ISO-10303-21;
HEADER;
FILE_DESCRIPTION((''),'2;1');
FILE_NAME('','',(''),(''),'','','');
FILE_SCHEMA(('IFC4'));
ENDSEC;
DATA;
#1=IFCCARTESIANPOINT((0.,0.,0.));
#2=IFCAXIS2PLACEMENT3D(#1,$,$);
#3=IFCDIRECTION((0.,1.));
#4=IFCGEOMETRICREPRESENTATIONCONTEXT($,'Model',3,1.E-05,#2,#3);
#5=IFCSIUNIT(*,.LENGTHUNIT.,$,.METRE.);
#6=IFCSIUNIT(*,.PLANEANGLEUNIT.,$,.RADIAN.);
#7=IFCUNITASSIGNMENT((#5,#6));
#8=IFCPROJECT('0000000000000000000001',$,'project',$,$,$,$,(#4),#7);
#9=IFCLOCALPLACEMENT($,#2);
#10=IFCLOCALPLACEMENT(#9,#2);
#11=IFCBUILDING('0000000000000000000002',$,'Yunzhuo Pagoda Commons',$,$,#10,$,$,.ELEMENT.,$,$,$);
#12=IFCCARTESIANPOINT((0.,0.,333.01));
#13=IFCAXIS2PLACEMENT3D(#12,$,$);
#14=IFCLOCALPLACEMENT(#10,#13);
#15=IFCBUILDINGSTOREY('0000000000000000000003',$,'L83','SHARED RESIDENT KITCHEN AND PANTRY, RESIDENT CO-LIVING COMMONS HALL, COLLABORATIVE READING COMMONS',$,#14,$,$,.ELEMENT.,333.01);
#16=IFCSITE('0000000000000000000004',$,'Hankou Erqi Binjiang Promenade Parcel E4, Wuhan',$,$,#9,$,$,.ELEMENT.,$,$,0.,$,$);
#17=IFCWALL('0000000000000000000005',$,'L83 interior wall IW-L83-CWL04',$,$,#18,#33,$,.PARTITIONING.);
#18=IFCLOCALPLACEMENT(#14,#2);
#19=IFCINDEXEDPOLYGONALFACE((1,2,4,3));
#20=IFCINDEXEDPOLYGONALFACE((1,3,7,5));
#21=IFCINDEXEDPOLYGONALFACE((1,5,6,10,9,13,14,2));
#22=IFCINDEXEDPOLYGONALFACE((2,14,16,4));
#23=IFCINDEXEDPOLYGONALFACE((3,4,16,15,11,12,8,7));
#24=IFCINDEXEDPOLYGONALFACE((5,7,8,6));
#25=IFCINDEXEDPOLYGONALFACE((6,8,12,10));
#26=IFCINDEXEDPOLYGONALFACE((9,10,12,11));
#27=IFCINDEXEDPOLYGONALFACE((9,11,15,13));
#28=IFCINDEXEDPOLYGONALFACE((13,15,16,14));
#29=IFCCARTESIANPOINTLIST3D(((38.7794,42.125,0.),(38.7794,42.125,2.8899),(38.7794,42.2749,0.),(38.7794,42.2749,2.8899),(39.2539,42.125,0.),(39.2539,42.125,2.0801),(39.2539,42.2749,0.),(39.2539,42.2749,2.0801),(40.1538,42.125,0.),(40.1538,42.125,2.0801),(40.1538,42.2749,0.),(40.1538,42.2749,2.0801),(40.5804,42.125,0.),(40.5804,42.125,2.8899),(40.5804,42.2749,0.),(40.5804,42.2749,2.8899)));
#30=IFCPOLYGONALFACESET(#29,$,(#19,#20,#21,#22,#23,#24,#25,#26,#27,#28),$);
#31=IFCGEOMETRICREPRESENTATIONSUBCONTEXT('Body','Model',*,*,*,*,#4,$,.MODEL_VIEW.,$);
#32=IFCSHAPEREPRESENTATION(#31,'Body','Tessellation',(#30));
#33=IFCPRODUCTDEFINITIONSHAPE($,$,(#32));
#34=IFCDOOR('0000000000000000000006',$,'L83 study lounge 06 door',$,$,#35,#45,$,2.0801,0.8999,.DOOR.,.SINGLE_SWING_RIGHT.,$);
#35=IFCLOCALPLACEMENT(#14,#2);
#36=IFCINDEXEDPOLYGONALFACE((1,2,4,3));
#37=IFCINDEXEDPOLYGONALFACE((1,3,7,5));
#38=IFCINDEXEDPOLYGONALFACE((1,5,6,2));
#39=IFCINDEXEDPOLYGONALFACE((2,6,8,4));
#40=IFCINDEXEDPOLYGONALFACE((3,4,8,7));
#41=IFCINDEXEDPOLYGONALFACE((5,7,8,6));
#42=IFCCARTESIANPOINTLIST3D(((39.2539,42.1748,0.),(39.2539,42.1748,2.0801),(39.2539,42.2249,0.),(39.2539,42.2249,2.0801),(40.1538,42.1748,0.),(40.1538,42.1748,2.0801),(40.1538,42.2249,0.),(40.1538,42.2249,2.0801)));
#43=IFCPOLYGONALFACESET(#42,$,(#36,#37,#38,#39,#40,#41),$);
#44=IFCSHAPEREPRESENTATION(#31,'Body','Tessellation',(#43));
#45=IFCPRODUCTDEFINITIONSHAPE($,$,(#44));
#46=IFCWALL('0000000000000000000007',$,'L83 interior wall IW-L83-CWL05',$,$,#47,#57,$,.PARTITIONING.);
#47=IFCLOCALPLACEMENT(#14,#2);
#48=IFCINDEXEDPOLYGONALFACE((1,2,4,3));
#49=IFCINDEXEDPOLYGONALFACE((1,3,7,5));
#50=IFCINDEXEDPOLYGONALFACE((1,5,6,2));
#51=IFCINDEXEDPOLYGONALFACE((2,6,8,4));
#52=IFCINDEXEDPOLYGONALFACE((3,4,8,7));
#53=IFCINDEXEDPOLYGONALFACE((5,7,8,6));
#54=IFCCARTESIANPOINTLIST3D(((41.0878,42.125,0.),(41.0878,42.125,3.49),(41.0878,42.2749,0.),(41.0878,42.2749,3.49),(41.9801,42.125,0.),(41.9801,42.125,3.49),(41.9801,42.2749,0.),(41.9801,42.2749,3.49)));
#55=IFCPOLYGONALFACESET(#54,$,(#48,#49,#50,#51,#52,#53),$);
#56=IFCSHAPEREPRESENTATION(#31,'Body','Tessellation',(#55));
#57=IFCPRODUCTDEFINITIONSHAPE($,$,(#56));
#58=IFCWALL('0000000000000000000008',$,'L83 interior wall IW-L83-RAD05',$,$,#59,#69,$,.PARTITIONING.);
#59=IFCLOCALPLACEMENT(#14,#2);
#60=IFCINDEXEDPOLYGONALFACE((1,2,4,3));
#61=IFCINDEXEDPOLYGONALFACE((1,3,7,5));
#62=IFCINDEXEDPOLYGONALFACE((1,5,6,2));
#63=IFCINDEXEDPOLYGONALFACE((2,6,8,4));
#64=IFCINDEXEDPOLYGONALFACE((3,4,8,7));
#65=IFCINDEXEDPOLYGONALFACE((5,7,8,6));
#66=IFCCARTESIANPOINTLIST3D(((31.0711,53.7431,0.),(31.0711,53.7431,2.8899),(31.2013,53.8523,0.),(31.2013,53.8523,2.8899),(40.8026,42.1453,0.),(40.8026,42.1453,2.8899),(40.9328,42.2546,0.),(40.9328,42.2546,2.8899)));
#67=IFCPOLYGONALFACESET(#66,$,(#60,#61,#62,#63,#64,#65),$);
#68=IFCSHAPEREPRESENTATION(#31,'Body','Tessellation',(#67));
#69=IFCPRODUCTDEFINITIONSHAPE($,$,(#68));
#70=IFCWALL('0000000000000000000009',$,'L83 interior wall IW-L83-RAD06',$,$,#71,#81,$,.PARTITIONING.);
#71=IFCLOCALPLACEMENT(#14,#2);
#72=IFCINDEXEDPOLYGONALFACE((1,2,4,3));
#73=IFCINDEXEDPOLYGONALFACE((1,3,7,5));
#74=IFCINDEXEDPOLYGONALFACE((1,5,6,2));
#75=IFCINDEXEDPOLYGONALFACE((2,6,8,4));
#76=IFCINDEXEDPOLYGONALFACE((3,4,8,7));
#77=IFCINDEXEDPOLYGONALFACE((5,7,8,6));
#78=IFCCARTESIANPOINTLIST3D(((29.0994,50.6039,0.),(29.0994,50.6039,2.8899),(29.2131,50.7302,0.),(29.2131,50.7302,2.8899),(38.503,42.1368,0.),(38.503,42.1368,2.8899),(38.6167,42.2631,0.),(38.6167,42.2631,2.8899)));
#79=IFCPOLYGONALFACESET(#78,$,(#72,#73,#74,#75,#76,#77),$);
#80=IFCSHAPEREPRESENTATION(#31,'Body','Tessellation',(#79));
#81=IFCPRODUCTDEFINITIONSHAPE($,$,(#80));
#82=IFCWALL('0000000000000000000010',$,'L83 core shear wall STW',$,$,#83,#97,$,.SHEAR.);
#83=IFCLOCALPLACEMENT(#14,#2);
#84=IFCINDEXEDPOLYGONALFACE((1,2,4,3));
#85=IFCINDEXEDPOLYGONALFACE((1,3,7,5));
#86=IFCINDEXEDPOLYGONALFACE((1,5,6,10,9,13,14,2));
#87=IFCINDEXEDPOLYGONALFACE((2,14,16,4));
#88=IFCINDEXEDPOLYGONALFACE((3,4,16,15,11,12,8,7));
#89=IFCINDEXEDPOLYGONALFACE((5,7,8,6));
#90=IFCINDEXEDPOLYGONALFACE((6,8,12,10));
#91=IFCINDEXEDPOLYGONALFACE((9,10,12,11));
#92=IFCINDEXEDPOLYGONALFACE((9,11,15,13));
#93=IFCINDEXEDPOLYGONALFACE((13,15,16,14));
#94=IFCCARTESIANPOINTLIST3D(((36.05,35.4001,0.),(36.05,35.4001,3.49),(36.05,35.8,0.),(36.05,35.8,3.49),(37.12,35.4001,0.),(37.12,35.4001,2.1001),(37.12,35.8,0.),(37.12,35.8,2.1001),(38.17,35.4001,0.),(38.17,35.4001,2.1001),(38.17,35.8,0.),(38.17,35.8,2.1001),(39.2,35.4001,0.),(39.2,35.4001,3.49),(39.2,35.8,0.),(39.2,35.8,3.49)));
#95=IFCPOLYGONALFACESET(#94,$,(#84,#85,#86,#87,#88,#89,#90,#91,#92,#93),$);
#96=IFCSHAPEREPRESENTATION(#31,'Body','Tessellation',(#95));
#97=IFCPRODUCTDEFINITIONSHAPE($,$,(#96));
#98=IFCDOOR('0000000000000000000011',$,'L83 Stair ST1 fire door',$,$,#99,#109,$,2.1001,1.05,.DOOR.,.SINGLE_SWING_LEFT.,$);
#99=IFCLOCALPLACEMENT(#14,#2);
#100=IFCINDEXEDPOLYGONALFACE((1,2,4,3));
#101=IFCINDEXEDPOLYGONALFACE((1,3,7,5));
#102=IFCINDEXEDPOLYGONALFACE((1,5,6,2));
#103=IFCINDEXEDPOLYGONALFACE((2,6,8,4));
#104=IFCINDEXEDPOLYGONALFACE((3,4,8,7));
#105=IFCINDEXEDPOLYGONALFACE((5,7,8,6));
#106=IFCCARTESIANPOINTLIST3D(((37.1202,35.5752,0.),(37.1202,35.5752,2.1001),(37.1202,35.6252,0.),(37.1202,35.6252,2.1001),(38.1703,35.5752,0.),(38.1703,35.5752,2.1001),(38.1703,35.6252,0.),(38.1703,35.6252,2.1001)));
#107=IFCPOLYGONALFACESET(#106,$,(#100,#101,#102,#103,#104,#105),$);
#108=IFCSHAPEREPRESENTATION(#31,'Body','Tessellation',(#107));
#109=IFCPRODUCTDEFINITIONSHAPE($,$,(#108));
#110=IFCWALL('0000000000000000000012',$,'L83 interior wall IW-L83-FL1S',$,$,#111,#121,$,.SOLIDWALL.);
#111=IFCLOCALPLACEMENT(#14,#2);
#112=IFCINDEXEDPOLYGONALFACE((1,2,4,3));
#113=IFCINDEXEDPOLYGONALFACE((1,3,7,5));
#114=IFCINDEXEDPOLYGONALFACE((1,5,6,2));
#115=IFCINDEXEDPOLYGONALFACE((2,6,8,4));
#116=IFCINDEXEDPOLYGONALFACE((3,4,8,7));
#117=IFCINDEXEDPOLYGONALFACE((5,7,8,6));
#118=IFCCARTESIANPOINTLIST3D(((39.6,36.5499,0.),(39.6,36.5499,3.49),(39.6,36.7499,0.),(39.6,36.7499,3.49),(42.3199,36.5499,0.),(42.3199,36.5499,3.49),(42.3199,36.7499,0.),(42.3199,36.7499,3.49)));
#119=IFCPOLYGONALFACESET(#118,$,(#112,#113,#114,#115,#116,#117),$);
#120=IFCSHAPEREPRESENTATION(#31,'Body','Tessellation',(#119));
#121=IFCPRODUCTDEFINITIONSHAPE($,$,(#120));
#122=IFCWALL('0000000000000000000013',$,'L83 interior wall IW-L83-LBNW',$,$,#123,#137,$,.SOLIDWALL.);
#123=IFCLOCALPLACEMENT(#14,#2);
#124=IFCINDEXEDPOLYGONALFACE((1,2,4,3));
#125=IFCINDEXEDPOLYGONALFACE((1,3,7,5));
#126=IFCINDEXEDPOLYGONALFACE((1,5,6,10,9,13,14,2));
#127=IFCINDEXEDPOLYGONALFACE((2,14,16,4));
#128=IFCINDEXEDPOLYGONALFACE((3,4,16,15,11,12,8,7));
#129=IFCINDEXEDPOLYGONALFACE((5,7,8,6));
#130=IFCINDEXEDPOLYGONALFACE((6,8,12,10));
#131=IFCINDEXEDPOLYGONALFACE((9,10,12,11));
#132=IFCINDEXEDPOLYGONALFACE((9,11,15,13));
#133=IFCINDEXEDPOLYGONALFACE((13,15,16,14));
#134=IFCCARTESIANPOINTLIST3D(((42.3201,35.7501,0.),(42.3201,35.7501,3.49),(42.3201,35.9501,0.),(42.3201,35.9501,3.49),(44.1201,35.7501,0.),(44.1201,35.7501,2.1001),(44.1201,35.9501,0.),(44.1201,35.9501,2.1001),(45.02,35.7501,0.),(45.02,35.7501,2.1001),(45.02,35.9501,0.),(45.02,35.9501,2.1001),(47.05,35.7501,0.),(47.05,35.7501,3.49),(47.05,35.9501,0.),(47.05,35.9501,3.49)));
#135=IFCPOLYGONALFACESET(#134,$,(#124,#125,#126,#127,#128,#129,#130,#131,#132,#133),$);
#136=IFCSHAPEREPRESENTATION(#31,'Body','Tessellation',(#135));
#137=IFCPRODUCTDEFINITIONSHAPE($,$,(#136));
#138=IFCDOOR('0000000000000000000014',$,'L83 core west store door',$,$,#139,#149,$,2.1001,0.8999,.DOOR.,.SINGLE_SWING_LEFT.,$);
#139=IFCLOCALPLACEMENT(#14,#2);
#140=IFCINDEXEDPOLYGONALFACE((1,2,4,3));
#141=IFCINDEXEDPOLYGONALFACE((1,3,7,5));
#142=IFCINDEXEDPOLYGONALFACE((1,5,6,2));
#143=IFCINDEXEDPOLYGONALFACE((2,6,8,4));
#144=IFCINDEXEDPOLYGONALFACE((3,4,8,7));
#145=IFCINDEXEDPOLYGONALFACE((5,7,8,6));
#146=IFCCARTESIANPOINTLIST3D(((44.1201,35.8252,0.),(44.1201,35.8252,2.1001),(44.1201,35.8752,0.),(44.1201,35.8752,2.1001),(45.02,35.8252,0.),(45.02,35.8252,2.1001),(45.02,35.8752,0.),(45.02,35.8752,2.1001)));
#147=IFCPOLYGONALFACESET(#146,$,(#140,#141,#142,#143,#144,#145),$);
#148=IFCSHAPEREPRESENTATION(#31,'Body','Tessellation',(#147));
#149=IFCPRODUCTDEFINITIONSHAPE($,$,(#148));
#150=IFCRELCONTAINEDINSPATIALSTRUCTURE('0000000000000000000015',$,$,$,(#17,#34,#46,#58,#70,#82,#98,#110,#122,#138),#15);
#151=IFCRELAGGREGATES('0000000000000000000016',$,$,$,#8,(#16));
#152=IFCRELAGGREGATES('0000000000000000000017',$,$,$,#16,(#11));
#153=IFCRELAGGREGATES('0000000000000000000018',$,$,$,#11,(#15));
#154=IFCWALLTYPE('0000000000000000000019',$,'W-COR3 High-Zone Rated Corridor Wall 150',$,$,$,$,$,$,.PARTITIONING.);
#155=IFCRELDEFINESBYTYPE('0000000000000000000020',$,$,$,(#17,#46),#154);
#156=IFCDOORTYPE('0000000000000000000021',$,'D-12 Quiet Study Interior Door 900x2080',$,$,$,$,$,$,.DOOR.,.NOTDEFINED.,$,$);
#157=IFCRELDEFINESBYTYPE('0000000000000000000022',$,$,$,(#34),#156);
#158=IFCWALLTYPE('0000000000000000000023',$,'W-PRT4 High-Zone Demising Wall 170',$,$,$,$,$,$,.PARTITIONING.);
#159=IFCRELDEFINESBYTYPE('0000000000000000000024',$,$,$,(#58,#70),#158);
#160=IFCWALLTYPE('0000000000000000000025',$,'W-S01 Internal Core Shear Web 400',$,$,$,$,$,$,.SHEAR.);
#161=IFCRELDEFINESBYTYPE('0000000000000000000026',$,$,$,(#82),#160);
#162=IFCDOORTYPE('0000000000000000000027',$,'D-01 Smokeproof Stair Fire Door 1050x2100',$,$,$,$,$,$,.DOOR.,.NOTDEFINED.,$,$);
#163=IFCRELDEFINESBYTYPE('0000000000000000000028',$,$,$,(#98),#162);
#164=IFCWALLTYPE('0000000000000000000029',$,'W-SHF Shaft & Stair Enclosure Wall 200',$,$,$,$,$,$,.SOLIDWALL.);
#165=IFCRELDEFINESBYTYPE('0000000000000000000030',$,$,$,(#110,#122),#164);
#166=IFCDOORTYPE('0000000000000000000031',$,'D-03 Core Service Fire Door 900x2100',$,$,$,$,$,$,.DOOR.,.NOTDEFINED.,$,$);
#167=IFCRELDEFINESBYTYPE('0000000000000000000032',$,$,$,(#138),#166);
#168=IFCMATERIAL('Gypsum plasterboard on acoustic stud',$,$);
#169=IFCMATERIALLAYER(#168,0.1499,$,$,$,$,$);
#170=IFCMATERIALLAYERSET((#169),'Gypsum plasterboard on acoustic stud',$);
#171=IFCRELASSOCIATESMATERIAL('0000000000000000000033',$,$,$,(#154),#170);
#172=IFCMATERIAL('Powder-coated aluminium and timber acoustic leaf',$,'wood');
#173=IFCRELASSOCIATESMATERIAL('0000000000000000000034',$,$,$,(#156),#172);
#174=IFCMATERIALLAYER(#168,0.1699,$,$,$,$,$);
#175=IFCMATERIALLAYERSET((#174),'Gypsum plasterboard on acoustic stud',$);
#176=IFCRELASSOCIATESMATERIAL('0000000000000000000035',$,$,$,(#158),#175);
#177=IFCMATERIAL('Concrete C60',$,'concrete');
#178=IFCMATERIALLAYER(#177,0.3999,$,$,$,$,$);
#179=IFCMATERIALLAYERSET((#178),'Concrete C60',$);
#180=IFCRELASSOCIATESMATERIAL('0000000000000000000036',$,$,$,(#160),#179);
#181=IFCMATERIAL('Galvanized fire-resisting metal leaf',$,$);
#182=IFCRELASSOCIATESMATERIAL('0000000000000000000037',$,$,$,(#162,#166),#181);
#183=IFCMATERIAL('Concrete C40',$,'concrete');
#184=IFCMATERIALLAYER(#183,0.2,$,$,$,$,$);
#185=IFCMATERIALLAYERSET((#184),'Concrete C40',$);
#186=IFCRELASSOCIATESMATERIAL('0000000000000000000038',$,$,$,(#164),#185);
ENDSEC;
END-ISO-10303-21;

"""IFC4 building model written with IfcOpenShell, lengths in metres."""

from ifc_helpers import new_model, si_unit, direction, frame, frame_2d, origin, origin_with_axes, place, context, subcontext, project, spatial, rectangle, extrude, source, transform, mapped, material, layer, layer_set, type_object, element, fill, save


model = new_model("IFC4")

# Units and contexts
model_context = context("Model", 3, precision=1e-05, world=origin(), true_north=direction((0.0, 1.0)))
body_context = subcontext(model_context, "Body", "Model", "MODEL_VIEW")
ifc_project = project(units=[si_unit("LENGTHUNIT", "METRE"), si_unit("PLANEANGLEUNIT", "RADIAN")], contexts=[model_context])

# Site, building, storey
site_placement = place(None, origin())
site = spatial("IfcSite", under=ifc_project, at=site_placement, Name="Hankou Erqi Binjiang Promenade Parcel E4, Wuhan", CompositionType="ELEMENT", RefElevation=0.0)
building_placement = place(site_placement, origin())
building = spatial("IfcBuilding", under=site, at=building_placement, Name="Yunzhuo Pagoda Commons", CompositionType="ELEMENT")
storey_placement = place(building_placement, frame((0.0, 0.0, 333.01)))
storey = spatial("IfcBuildingStorey", under=building, at=storey_placement, Name="L83", Description="SHARED RESIDENT KITCHEN AND PANTRY, RESIDENT CO-LIVING COMMONS HALL, COLLABORATIVE READING COMMONS", CompositionType="ELEMENT", Elevation=333.01)

# Shared definitions
ifc_material_1 = material(Name="Gypsum plasterboard on acoustic stud")
ifc_layer_1 = layer(ifc_material_1, 0.1499)
ifc_layer_set_1 = layer_set([ifc_layer_1], Name="Gypsum plasterboard on acoustic stud")
wall_type_1 = type_object("IfcWallType", Name="W-COR3 High-Zone Rated Corridor Wall 150", PredefinedType="PARTITIONING", material=ifc_layer_set_1)
ifc_material_2 = material(Name="Powder-coated aluminium and timber acoustic leaf", Category="wood")

# Wall, opening, door
wall_1_placement = place(storey_placement, frame((38.7795, 42.2, 0.0), z_axis=(0.0, 0.0, 1.0), x_axis=(1.0, 0.0, 0.0)))
wall_1 = element("IfcWall", 1, at=wall_1_placement, inside=storey, type_object=wall_type_1, Name="L83 interior wall IW-L83-CWL04", PredefinedType="PARTITIONING", context=body_context, shape_type="SweptSolid", body=[
    extrude(rectangle(XDim=1.801, YDim=0.1499, at=frame_2d((0.9004, 0.0))), origin(), (0.0, 0.0, 1.0), 2.8899),
])
opening_1_placement = place(wall_1_placement, frame((0.4744, 0.0, 0.0)))
opening_1 = element("IfcOpeningElement", 2, at=opening_1_placement, cuts=wall_1, PredefinedType="OPENING", context=body_context, shape_type="SweptSolid", body=[
    extrude(rectangle(XDim=0.8999, YDim=2.0801, at=frame_2d((0.45, 1.04))), frame((0.0, 0.085, 0.0), z_axis=(0.0, -1.0, 0.0), x_axis=(1.0, 0.0, 0.0)), (0.0, 0.0, 1.0), 0.1699),
])
door_type_1 = type_object("IfcDoorType", Name="D-12 Quiet Study Interior Door 900x2080", OperationType="NOTDEFINED", PredefinedType="DOOR", material=ifc_material_2)
shared_shape_1 = source(origin(), body_context, "Body", "SweptSolid", [
    extrude(rectangle(XDim=0.8999, YDim=2.0801, at=frame_2d((0.45, 1.04))), frame((0.0, 0.0249, 0.0), z_axis=(0.0, -1.0, 0.0), x_axis=(1.0, 0.0, 0.0)), (0.0, 0.0, 1.0), 0.05),
])
door_1_placement = place(opening_1_placement, origin_with_axes())
door_1 = element("IfcDoor", 3, at=door_1_placement, inside=storey, type_object=door_type_1, Name="L83 study lounge 06 door", OperationType="SINGLE_SWING_RIGHT", OverallHeight=2.0801, OverallWidth=0.8999, PredefinedType="DOOR", context=body_context, shape_type="MappedRepresentation", body=[
    mapped(shared_shape_1, transform((0.0, 0.0, 0.0), scale=1.0)),
])
fill(opening_1, door_1)

# Walls
wall_2_placement = place(storey_placement, frame((41.0876, 42.2, 0.0), z_axis=(0.0, 0.0, 1.0), x_axis=(1.0, 0.0, 0.0)))
element("IfcWall", 4, at=wall_2_placement, inside=storey, type_object=wall_type_1, Name="L83 interior wall IW-L83-CWL05", PredefinedType="PARTITIONING", context=body_context, shape_type="SweptSolid", body=[
    extrude(rectangle(XDim=0.8923, YDim=0.1499, at=frame_2d((0.4463, 0.0))), origin(), (0.0, 0.0, 1.0), 3.49),
])
ifc_layer_2 = layer(ifc_material_1, 0.1699)
ifc_layer_set_2 = layer_set([ifc_layer_2], Name="Gypsum plasterboard on acoustic stud")
wall_type_2 = type_object("IfcWallType", Name="W-PRT4 High-Zone Demising Wall 170", PredefinedType="PARTITIONING", material=ifc_layer_set_2)
wall_3_placement = place(storey_placement, frame((40.8677, 42.2, 0.0), z_axis=(0.0, 0.0, 1.0), x_axis=(-0.642782, 0.766049, 0.0)))
element("IfcWall", 5, at=wall_3_placement, inside=storey, type_object=wall_type_2, Name="L83 interior wall IW-L83-RAD05", PredefinedType="PARTITIONING", context=body_context, shape_type="SweptSolid", body=[
    extrude(rectangle(XDim=15.1396, YDim=0.1699, at=frame_2d((7.5698, 0.0))), origin(), (0.0, 0.0, 1.0), 2.8899),
])
wall_4_placement = place(storey_placement, frame((38.5598, 42.2, 0.0), z_axis=(0.0, 0.0, 1.0), x_axis=(-0.743144, 0.669132, 0.0)))
element("IfcWall", 6, at=wall_4_placement, inside=storey, type_object=wall_type_2, Name="L83 interior wall IW-L83-RAD06", PredefinedType="PARTITIONING", context=body_context, shape_type="SweptSolid", body=[
    extrude(rectangle(XDim=12.6538, YDim=0.1699, at=frame_2d((6.3269, 0.0))), origin(), (0.0, 0.0, 1.0), 2.8899),
])

# Wall, opening, door
ifc_material_3 = material(Name="Concrete C60", Category="concrete")
ifc_layer_3 = layer(ifc_material_3, 0.3999)
ifc_layer_set_3 = layer_set([ifc_layer_3], Name="Concrete C60")
wall_type_3 = type_object("IfcWallType", Name="W-S01 Internal Core Shear Web 400", PredefinedType="SHEAR", material=ifc_layer_set_3)
wall_5_placement = place(storey_placement, frame((36.05, 35.6001, 0.0), z_axis=(0.0, 0.0, 1.0), x_axis=(1.0, 0.0, 0.0)))
wall_5 = element("IfcWall", 7, at=wall_5_placement, inside=storey, type_object=wall_type_3, Name="L83 core shear wall STW", PredefinedType="SHEAR", context=body_context, shape_type="SweptSolid", body=[
    extrude(rectangle(XDim=3.1499, YDim=0.3999, at=frame_2d((1.575, 0.0))), origin(), (0.0, 0.0, 1.0), 3.49),
])
opening_2_placement = place(wall_5_placement, frame((1.0701, 0.0, 0.0)))
opening_2 = element("IfcOpeningElement", 8, at=opening_2_placement, cuts=wall_5, PredefinedType="OPENING", context=body_context, shape_type="SweptSolid", body=[
    extrude(rectangle(XDim=1.05, YDim=2.1001, at=frame_2d((0.5249, 1.05))), frame((0.0, 0.21, 0.0), z_axis=(0.0, -1.0, 0.0), x_axis=(1.0, 0.0, 0.0)), (0.0, 0.0, 1.0), 0.4199),
])
ifc_material_4 = material(Name="Galvanized fire-resisting metal leaf")
door_type_2 = type_object("IfcDoorType", Name="D-01 Smokeproof Stair Fire Door 1050x2100", OperationType="NOTDEFINED", PredefinedType="DOOR", material=ifc_material_4)
shared_shape_2 = source(origin(), body_context, "Body", "SweptSolid", [
    extrude(rectangle(XDim=1.05, YDim=2.1001, at=frame_2d((0.5249, 1.05))), frame((0.0, 0.0249, 0.0), z_axis=(0.0, -1.0, 0.0), x_axis=(1.0, 0.0, 0.0)), (0.0, 0.0, 1.0), 0.05),
])
door_2_placement = place(opening_2_placement, frame((1.05, 0.0, 0.0), z_axis=(0.0, 0.0, 1.0), x_axis=(-1.0, 0.0, 0.0)))
door_2 = element("IfcDoor", 9, at=door_2_placement, inside=storey, type_object=door_type_2, Name="L83 Stair ST1 fire door", OperationType="SINGLE_SWING_LEFT", OverallHeight=2.1001, OverallWidth=1.05, PredefinedType="DOOR", context=body_context, shape_type="MappedRepresentation", body=[
    mapped(shared_shape_2, transform((0.0, 0.0, 0.0), scale=1.0)),
])
fill(opening_2, door_2)

# Wall
ifc_material_5 = material(Name="Concrete C40", Category="concrete")
ifc_layer_4 = layer(ifc_material_5, 0.2)
ifc_layer_set_4 = layer_set([ifc_layer_4], Name="Concrete C40")
wall_type_4 = type_object("IfcWallType", Name="W-SHF Shaft & Stair Enclosure Wall 200", PredefinedType="SOLIDWALL", material=ifc_layer_set_4)
wall_6_placement = place(storey_placement, frame((39.6001, 36.6499, 0.0), z_axis=(0.0, 0.0, 1.0), x_axis=(1.0, 0.0, 0.0)))
element("IfcWall", 10, at=wall_6_placement, inside=storey, type_object=wall_type_4, Name="L83 interior wall IW-L83-FL1S", PredefinedType="SOLIDWALL", context=body_context, shape_type="SweptSolid", body=[
    extrude(rectangle(XDim=2.72, YDim=0.2, at=frame_2d((1.3599, 0.0))), origin(), (0.0, 0.0, 1.0), 3.49),
])

# Wall, opening, door
wall_7_placement = place(storey_placement, frame((42.3201, 35.8501, 0.0), z_axis=(0.0, 0.0, 1.0), x_axis=(1.0, 0.0, 0.0)))
wall_7 = element("IfcWall", 11, at=wall_7_placement, inside=storey, type_object=wall_type_4, Name="L83 interior wall IW-L83-LBNW", PredefinedType="SOLIDWALL", context=body_context, shape_type="SweptSolid", body=[
    extrude(rectangle(XDim=4.73, YDim=0.2, at=frame_2d((2.365, 0.0))), origin(), (0.0, 0.0, 1.0), 3.49),
])
opening_3_placement = place(wall_7_placement, frame((1.8, 0.0, 0.0)))
opening_3 = element("IfcOpeningElement", 12, at=opening_3_placement, cuts=wall_7, PredefinedType="OPENING", context=body_context, shape_type="SweptSolid", body=[
    extrude(rectangle(XDim=0.8999, YDim=2.1001, at=frame_2d((0.45, 1.05))), frame((0.0, 0.1099, 0.0), z_axis=(0.0, -1.0, 0.0), x_axis=(1.0, 0.0, 0.0)), (0.0, 0.0, 1.0), 0.22),
])
door_type_3 = type_object("IfcDoorType", Name="D-03 Core Service Fire Door 900x2100", OperationType="NOTDEFINED", PredefinedType="DOOR", material=ifc_material_4)
shared_shape_3 = source(origin(), body_context, "Body", "SweptSolid", [
    extrude(rectangle(XDim=0.8999, YDim=2.1001, at=frame_2d((0.45, 1.05))), frame((0.0, 0.0249, 0.0), z_axis=(0.0, -1.0, 0.0), x_axis=(1.0, 0.0, 0.0)), (0.0, 0.0, 1.0), 0.05),
])
door_3_placement = place(opening_3_placement, frame((0.8999, 0.0, 0.0), z_axis=(0.0, 0.0, 1.0), x_axis=(-1.0, 0.0, 0.0)))
door_3 = element("IfcDoor", 13, at=door_3_placement, inside=storey, type_object=door_type_3, Name="L83 core west store door", OperationType="SINGLE_SWING_LEFT", OverallHeight=2.1001, OverallWidth=0.8999, PredefinedType="DOOR", context=body_context, shape_type="MappedRepresentation", body=[
    mapped(shared_shape_3, transform((0.0, 0.0, 0.0), scale=1.0)),
])
fill(opening_3, door_3)

save(model, "model.ifc")
